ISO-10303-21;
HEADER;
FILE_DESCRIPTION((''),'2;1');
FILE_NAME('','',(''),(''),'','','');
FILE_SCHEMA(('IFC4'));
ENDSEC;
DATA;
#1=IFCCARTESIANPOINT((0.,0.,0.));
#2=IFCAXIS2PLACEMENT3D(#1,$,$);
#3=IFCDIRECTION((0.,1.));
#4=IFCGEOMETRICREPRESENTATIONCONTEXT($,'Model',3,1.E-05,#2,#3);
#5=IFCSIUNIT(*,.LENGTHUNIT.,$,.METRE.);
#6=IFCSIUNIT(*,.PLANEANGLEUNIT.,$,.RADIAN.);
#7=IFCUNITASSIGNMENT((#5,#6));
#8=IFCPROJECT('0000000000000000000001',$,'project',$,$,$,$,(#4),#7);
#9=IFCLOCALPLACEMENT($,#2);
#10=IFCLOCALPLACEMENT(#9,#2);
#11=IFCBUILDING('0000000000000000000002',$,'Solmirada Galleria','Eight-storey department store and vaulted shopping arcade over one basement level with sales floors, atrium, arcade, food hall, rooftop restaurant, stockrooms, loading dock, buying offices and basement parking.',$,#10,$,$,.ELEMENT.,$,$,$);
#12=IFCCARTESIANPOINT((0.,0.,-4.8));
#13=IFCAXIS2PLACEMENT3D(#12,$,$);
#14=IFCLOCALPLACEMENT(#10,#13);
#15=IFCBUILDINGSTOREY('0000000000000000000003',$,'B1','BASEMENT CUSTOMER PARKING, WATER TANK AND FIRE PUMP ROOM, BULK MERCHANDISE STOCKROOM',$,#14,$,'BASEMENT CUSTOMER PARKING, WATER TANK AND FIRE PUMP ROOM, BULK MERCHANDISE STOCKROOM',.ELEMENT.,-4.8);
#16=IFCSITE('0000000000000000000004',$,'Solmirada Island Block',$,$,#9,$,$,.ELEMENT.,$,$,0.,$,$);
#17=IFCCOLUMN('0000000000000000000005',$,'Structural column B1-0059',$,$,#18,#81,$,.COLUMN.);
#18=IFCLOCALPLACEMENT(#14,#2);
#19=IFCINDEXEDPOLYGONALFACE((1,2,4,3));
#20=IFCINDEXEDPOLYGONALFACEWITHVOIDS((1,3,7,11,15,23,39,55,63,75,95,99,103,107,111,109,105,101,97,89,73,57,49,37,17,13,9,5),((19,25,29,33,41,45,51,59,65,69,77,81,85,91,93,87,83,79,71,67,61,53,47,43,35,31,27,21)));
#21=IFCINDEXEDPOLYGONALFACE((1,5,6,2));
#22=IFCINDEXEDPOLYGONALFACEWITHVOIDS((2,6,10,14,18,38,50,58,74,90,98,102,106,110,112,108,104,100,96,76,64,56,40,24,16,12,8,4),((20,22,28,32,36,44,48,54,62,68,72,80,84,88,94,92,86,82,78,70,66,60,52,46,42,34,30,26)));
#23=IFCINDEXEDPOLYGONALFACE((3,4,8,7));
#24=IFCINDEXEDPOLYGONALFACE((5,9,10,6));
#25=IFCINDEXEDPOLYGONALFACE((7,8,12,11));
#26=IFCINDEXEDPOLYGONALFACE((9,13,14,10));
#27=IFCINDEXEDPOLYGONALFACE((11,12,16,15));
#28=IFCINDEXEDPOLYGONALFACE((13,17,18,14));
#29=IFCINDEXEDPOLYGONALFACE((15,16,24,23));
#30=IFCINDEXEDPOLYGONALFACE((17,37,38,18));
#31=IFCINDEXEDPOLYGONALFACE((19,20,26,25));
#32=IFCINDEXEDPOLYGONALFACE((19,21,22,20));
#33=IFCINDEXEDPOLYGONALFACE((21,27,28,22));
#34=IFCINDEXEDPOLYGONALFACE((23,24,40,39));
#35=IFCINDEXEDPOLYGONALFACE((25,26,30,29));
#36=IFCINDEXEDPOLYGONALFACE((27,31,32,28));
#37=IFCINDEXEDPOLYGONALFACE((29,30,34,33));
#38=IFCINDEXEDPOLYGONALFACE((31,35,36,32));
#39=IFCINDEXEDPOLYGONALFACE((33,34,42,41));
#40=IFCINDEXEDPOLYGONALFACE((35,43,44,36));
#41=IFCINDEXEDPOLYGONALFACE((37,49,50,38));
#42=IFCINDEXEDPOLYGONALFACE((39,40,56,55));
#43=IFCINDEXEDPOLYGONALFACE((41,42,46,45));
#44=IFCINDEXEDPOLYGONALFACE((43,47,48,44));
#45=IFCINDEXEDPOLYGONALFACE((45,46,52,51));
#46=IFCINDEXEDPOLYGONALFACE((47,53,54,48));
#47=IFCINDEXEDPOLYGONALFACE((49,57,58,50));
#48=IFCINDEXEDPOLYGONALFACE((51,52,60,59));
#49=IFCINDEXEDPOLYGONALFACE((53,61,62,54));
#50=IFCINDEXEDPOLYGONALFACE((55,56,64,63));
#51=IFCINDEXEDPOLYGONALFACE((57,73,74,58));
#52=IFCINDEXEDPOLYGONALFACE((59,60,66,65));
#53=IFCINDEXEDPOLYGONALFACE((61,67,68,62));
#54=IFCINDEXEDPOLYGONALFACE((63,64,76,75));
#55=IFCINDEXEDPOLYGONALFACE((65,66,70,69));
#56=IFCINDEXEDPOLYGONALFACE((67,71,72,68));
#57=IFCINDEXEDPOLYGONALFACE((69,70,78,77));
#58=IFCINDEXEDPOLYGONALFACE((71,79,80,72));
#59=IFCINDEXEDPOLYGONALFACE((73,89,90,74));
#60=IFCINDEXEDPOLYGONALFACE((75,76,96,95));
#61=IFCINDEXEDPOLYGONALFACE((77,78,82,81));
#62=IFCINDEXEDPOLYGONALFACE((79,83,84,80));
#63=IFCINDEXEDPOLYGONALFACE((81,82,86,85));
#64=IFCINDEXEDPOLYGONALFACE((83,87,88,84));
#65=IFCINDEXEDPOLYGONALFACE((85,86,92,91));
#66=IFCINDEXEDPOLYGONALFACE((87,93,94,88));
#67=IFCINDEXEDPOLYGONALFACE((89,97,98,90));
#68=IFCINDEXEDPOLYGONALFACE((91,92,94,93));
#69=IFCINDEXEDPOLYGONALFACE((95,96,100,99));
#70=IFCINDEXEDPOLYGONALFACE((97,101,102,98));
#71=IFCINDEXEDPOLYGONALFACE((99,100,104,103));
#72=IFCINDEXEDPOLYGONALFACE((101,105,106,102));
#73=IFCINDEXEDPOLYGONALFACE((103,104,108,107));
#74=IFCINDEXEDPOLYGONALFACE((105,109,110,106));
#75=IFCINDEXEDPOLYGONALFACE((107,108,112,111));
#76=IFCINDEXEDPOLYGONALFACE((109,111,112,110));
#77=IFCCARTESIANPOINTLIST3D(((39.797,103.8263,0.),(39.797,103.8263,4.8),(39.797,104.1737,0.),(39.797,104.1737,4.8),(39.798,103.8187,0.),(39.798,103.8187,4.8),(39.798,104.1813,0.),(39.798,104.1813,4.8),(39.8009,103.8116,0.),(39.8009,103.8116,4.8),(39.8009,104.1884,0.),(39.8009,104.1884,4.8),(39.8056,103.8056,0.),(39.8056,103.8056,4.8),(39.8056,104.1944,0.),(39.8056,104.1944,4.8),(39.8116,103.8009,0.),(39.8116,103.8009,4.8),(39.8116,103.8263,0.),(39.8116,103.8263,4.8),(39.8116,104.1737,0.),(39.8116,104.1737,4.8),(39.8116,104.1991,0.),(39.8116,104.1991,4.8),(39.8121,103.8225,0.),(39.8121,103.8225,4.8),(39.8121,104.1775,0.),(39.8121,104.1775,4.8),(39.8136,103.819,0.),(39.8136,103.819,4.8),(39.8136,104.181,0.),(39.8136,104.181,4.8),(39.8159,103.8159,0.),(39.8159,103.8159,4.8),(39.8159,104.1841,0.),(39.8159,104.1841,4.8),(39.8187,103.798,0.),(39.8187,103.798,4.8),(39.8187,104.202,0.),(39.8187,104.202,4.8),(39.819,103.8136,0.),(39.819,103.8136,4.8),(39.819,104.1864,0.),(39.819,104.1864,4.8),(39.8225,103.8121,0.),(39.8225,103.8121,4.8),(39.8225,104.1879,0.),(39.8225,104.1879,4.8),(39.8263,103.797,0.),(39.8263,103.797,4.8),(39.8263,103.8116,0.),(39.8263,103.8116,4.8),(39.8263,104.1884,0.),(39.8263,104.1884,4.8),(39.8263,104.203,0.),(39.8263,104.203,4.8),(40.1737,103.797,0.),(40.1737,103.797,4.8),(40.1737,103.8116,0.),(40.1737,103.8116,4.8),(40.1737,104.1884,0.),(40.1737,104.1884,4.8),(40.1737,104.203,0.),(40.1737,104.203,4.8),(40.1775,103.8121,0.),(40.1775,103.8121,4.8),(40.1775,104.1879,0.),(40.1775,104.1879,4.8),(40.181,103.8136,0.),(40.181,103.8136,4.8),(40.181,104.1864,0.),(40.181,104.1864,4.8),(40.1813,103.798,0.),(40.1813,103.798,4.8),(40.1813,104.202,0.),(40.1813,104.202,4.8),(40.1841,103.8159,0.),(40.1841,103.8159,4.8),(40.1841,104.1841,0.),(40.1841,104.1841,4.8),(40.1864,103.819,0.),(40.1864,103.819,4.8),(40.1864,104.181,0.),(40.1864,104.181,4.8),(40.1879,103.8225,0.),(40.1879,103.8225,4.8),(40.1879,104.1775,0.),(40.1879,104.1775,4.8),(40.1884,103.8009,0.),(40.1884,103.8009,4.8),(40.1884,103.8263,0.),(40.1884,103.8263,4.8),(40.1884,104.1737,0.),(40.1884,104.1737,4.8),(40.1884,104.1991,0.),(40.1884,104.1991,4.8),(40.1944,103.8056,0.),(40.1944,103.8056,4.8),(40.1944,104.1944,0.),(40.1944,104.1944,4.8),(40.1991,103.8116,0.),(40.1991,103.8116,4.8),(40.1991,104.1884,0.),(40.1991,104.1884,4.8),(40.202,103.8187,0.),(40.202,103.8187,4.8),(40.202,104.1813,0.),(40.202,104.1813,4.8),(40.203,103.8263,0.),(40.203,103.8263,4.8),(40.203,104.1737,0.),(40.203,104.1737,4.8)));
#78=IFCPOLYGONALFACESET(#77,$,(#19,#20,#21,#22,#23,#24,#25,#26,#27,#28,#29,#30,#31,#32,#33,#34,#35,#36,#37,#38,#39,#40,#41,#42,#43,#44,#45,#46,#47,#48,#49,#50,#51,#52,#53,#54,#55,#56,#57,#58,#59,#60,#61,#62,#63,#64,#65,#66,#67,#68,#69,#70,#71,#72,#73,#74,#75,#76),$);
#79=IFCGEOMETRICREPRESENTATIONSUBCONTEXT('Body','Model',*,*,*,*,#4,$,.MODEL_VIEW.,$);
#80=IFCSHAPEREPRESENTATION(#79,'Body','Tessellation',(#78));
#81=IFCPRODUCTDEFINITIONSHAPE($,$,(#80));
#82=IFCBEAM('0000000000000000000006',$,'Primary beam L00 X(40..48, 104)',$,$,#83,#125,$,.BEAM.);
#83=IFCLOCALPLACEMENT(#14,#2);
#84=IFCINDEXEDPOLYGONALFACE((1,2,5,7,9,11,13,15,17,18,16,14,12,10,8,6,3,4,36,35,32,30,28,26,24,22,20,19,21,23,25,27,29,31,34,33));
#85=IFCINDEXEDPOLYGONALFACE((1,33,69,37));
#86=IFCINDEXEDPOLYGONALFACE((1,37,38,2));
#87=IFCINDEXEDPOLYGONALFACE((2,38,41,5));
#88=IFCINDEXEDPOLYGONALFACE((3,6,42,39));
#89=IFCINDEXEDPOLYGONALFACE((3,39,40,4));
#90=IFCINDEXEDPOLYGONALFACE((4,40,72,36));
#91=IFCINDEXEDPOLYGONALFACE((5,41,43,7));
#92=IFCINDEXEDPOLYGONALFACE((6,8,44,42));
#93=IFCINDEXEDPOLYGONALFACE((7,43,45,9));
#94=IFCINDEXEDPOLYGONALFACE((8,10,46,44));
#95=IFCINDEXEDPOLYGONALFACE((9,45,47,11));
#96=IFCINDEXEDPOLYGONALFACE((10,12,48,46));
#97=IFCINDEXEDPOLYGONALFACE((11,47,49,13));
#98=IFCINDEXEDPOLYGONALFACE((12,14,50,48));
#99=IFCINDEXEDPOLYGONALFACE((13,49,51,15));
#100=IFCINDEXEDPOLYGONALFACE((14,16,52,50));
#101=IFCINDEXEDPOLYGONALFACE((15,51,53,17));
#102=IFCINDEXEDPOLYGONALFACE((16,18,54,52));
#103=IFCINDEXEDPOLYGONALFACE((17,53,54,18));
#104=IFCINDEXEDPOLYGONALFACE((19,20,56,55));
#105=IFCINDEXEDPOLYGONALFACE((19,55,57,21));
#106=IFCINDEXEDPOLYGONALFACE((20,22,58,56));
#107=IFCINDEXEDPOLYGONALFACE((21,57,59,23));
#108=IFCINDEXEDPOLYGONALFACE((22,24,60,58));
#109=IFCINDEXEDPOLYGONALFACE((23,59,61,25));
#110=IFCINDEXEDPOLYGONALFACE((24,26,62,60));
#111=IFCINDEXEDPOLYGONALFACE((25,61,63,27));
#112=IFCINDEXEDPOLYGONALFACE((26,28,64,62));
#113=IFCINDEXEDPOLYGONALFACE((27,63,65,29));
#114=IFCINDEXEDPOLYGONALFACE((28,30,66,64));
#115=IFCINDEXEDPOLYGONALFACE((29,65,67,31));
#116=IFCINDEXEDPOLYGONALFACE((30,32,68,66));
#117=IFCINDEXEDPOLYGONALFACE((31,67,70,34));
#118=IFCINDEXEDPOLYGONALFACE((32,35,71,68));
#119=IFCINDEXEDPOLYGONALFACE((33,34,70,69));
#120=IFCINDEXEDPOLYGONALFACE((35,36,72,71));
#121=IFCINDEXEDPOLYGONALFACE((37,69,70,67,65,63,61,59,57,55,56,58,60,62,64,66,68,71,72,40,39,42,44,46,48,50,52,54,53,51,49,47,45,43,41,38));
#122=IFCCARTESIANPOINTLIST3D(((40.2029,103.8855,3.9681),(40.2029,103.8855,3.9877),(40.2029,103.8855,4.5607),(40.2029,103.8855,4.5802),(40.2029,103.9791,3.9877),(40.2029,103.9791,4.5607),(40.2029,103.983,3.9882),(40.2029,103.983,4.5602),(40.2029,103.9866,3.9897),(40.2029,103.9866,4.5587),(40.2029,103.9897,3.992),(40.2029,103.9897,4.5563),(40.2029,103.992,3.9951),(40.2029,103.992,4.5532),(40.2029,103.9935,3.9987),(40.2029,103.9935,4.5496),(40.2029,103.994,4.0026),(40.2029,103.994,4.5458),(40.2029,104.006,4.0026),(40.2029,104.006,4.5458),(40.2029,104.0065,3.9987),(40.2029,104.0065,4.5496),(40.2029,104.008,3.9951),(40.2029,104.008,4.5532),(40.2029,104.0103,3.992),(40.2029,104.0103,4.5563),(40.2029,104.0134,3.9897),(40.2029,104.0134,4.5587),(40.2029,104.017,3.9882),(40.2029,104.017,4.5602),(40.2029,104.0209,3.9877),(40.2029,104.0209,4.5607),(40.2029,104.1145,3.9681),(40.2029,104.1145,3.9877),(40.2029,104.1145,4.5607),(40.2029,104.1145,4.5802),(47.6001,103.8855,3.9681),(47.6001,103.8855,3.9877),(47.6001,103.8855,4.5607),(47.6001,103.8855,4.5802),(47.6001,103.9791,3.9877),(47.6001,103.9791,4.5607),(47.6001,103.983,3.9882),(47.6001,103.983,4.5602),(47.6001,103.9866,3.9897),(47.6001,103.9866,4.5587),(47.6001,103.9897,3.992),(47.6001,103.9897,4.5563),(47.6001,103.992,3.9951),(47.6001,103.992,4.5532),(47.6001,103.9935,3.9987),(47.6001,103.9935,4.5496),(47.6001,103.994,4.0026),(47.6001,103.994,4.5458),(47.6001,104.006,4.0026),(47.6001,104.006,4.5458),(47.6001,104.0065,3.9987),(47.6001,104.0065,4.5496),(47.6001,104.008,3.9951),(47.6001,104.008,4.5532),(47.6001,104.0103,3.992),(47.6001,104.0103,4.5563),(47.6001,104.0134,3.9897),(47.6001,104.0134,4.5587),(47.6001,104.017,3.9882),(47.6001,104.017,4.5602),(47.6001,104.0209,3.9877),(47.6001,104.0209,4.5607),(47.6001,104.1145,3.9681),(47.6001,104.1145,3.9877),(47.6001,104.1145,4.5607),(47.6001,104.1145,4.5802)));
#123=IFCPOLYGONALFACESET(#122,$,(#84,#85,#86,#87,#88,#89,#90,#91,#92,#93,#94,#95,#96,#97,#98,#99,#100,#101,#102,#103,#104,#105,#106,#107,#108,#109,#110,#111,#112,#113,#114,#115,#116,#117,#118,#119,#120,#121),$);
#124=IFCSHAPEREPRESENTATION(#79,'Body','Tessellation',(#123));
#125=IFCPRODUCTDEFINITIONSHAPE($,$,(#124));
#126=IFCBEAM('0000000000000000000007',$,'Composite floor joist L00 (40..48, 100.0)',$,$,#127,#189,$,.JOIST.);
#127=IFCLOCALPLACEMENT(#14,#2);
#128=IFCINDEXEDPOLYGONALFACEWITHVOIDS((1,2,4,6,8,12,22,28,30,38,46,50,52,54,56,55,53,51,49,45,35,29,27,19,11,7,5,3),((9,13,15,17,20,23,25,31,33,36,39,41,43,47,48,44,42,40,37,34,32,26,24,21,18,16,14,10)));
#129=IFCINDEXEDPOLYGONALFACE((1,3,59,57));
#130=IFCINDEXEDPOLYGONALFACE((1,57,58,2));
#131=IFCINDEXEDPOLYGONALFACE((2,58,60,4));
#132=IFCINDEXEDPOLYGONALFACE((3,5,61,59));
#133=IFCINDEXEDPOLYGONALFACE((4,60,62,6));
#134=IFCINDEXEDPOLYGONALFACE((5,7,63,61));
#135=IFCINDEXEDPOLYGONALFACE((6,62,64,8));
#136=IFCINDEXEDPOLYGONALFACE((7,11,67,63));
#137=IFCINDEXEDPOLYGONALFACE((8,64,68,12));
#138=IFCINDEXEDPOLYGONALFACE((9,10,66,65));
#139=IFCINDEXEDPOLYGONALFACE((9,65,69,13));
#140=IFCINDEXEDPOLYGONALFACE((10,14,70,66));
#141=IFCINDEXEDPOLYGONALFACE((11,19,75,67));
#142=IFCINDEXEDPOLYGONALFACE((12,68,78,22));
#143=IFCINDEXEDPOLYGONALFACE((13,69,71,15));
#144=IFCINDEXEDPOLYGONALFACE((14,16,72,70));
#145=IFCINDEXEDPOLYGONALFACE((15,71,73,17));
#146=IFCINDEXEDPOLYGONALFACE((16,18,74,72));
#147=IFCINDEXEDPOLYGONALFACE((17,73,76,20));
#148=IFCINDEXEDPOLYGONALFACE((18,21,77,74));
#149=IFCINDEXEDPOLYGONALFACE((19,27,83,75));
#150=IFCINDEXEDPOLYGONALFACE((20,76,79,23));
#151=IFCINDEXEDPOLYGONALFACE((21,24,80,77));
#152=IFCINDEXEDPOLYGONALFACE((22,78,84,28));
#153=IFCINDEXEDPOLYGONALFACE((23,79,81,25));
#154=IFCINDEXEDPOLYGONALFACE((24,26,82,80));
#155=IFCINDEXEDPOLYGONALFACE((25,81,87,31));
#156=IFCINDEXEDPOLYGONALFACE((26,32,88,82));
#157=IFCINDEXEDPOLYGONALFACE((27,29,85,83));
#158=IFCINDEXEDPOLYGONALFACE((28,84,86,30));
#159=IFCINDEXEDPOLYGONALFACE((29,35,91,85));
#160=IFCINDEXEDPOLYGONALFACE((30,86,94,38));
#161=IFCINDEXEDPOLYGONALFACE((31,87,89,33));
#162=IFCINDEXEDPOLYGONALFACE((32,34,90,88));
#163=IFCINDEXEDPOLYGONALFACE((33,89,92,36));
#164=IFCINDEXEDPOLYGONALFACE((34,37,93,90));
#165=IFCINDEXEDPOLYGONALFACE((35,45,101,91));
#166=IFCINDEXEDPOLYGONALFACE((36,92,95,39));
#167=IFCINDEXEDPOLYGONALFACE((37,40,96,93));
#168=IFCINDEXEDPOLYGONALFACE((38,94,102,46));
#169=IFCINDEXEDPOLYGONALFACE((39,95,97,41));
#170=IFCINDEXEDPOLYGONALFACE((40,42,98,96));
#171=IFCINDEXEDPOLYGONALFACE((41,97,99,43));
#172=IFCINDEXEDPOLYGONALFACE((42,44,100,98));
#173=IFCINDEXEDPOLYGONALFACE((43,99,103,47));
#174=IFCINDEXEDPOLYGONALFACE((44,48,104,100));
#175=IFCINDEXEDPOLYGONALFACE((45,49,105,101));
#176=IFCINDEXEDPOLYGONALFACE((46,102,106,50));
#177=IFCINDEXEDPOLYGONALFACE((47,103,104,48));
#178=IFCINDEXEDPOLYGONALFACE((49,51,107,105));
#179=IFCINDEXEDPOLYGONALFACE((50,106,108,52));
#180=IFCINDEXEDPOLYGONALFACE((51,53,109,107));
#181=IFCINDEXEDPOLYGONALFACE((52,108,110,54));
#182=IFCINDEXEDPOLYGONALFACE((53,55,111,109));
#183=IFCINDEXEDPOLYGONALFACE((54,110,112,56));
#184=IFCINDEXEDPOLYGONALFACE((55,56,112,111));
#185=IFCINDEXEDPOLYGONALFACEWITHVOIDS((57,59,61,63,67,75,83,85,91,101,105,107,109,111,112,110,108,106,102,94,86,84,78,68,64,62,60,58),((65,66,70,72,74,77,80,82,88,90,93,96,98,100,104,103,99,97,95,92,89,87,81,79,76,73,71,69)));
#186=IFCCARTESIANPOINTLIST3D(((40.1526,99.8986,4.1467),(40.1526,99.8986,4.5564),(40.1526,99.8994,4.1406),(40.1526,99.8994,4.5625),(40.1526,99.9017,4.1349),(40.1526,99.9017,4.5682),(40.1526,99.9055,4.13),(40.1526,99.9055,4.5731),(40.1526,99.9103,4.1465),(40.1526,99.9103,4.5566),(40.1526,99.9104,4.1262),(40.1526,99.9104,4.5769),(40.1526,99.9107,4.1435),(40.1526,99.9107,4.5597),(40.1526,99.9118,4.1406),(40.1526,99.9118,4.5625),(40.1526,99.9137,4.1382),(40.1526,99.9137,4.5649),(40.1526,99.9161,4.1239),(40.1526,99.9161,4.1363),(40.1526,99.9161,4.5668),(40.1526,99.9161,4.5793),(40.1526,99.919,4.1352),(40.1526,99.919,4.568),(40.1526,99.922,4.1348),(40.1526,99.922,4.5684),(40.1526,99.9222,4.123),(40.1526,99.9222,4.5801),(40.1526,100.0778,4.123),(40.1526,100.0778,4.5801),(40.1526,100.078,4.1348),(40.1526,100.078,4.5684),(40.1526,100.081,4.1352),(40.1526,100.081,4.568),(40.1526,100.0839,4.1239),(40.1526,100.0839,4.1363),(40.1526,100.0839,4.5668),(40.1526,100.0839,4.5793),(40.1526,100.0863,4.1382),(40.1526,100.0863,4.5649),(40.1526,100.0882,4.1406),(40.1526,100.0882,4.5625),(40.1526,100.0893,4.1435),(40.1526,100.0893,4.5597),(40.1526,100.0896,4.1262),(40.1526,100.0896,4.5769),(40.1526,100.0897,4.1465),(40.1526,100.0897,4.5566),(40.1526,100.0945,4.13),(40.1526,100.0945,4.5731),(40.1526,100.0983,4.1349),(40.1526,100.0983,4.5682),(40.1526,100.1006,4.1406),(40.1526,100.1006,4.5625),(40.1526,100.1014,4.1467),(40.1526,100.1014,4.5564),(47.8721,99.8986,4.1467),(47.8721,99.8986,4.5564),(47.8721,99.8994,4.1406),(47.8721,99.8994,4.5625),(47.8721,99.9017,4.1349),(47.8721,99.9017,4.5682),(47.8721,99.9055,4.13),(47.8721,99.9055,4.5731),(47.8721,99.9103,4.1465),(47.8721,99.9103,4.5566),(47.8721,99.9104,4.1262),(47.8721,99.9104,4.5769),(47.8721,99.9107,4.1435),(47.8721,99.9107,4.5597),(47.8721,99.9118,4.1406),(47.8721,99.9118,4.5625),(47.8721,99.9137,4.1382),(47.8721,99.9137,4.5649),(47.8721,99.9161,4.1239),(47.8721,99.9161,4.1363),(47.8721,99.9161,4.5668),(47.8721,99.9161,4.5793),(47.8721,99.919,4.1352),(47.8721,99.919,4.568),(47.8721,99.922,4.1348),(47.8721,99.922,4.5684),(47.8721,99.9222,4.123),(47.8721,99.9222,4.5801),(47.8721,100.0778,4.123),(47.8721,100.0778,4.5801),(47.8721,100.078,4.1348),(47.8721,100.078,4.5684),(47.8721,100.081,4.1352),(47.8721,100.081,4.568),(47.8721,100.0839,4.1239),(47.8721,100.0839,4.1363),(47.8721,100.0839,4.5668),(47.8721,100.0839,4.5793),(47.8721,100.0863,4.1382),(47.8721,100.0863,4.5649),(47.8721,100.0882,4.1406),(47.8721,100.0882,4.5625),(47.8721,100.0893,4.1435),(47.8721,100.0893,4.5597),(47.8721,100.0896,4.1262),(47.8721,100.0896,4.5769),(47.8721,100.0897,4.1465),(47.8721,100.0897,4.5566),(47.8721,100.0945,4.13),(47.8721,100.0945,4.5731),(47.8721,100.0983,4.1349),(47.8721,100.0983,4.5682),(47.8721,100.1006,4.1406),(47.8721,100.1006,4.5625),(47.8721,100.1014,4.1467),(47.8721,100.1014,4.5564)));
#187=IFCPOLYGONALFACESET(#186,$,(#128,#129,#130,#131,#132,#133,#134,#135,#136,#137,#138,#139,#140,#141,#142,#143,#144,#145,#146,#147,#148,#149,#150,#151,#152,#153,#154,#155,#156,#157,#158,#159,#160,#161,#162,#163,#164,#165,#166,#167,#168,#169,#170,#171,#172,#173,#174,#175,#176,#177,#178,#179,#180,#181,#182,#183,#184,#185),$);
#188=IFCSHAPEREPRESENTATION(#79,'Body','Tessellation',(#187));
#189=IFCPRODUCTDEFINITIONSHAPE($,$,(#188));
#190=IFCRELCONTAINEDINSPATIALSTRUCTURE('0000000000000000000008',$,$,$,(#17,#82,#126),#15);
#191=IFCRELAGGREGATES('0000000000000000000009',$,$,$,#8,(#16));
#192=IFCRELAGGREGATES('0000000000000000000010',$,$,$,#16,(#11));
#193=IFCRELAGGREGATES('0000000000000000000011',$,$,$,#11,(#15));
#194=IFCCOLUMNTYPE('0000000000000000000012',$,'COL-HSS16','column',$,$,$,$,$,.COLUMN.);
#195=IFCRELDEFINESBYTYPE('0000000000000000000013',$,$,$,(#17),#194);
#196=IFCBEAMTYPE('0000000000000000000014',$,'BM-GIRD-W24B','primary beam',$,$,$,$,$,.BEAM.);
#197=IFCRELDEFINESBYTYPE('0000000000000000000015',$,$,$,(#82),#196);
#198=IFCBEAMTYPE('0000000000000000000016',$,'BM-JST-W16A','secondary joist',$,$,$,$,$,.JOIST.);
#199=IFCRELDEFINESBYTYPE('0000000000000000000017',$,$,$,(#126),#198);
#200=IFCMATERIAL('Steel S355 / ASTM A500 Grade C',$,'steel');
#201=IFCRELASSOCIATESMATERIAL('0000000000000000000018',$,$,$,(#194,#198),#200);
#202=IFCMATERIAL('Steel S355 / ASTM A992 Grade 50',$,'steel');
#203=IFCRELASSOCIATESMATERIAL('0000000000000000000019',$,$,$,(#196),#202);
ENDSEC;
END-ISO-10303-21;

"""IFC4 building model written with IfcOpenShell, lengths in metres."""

from ifc_helpers import new_model, si_unit, direction, frame, origin, origin_2d, place, context, subcontext, project, spatial, hollow_rectangle, i_section, extrude, material, material_profile, profile_set, type_object, element, save


model = new_model("IFC4")

# Units and contexts
model_context = context("Model", 3, precision=1e-05, world=origin(), true_north=direction((0.0, 1.0)))
body_context = subcontext(model_context, "Body", "Model", "MODEL_VIEW")
ifc_project = project(units=[si_unit("LENGTHUNIT", "METRE"), si_unit("PLANEANGLEUNIT", "RADIAN")], contexts=[model_context])

# Site, building, storey
site_placement = place(None, origin())
site = spatial("IfcSite", under=ifc_project, at=site_placement, Name="Solmirada Island Block", CompositionType="ELEMENT", RefElevation=0.0)
building_placement = place(site_placement, origin())
building = spatial("IfcBuilding", under=site, at=building_placement, Name="Solmirada Galleria", Description="Eight-storey department store and vaulted shopping arcade over one basement level with sales floors, atrium, arcade, food hall, rooftop restaurant, stockrooms, loading dock, buying offices and basement parking.", CompositionType="ELEMENT")
storey_placement = place(building_placement, frame((0.0, 0.0, -4.8)))
storey = spatial("IfcBuildingStorey", under=building, at=storey_placement, Name="B1", Description="BASEMENT CUSTOMER PARKING, WATER TANK AND FIRE PUMP ROOM, BULK MERCHANDISE STOCKROOM", LongName="BASEMENT CUSTOMER PARKING, WATER TANK AND FIRE PUMP ROOM, BULK MERCHANDISE STOCKROOM", CompositionType="ELEMENT", Elevation=-4.8)

# Column
ifc_material_1 = material(Name="Steel S355 / ASTM A500 Grade C", Category="steel")
ifc_material_profile_1 = material_profile(ifc_material_1, hollow_rectangle(XDim=0.406, YDim=0.406, WallThickness=0.0146, InnerFilletRadius=0.0146, OuterFilletRadius=0.0293, at=origin_2d()), Name="HSS16X16X5/8")
ifc_profile_set_1 = profile_set([ifc_material_profile_1], Name="Steel S355 / ASTM A500 Grade C")
column_type = type_object("IfcColumnType", Name="COL-HSS16", Description="column", PredefinedType="COLUMN", material=ifc_profile_set_1)
column_placement = place(storey_placement, frame((40.0, 104.0, 0.0), z_axis=(0.0, 0.0, 1.0), x_axis=(1.0, 0.0, 0.0)))
element("IfcColumn", 1, at=column_placement, inside=storey, type_object=column_type, Name="Structural column B1-0059", PredefinedType="COLUMN", context=body_context, shape_type="SweptSolid", body=[
    extrude(hollow_rectangle(XDim=0.406, YDim=0.406, WallThickness=0.0146, InnerFilletRadius=0.0146, OuterFilletRadius=0.0293, at=origin_2d()), origin(), (0.0, 0.0, 1.0), 4.8),
])

# Beams
ifc_material_2 = material(Name="Steel S355 / ASTM A992 Grade 50", Category="steel")
ifc_material_profile_2 = material_profile(ifc_material_2, i_section(OverallWidth=0.229, OverallDepth=0.6121, WebThickness=0.012, FlangeThickness=0.0195, FilletRadius=0.0149, at=origin_2d()), Name="W24X84")
ifc_profile_set_2 = profile_set([ifc_material_profile_2], Name="Steel S355 / ASTM A992 Grade 50")
beam_type_1 = type_object("IfcBeamType", Name="BM-GIRD-W24B", Description="primary beam", PredefinedType="BEAM", material=ifc_profile_set_2)
beam_placement = place(storey_placement, frame((40.2029, 104.0, 4.2742), z_axis=(1.0, 0.0, 0.0), x_axis=(0.0, 1.0, 0.0)))
element("IfcBeam", 2, at=beam_placement, inside=storey, type_object=beam_type_1, Name="Primary beam L00 X(40..48, 104)", PredefinedType="BEAM", context=body_context, shape_type="SweptSolid", body=[
    extrude(i_section(OverallWidth=0.229, OverallDepth=0.6121, WebThickness=0.012, FlangeThickness=0.0195, FilletRadius=0.0149, at=origin_2d()), origin(), (0.0, 0.0, 1.0), 7.3972),
])
ifc_material_profile_3 = material_profile(ifc_material_1, hollow_rectangle(XDim=0.2029, YDim=0.457, WallThickness=0.0117, InnerFilletRadius=0.0117, OuterFilletRadius=0.0237, at=origin_2d()), Name="HSS18X8X1/2")
ifc_profile_set_3 = profile_set([ifc_material_profile_3], Name="Steel S355 / ASTM A500 Grade C")
beam_type_2 = type_object("IfcBeamType", Name="BM-JST-W16A", Description="secondary joist", PredefinedType="JOIST", material=ifc_profile_set_3)
for number, where, z_axis, x_axis, name in (
    (3, (40.1526, 100.0, 4.3516), (1.0, 0.0, 0.0), (0.0, 1.0, 0.0), "Composite floor joist L00 (40..48, 100.0)"),
):
    element("IfcBeam", number, at=place(storey_placement, frame(where, z_axis=z_axis, x_axis=x_axis)), inside=storey, type_object=beam_type_2, Name=name, PredefinedType="JOIST", context=body_context, shape_type="SweptSolid", body=[
        extrude(hollow_rectangle(XDim=0.2029, YDim=0.457, WallThickness=0.0117, InnerFilletRadius=0.0117, OuterFilletRadius=0.0237, at=origin_2d()), origin(), (0.0, 0.0, 1.0), 7.7195),
    ])

save(model, "model.ifc")
